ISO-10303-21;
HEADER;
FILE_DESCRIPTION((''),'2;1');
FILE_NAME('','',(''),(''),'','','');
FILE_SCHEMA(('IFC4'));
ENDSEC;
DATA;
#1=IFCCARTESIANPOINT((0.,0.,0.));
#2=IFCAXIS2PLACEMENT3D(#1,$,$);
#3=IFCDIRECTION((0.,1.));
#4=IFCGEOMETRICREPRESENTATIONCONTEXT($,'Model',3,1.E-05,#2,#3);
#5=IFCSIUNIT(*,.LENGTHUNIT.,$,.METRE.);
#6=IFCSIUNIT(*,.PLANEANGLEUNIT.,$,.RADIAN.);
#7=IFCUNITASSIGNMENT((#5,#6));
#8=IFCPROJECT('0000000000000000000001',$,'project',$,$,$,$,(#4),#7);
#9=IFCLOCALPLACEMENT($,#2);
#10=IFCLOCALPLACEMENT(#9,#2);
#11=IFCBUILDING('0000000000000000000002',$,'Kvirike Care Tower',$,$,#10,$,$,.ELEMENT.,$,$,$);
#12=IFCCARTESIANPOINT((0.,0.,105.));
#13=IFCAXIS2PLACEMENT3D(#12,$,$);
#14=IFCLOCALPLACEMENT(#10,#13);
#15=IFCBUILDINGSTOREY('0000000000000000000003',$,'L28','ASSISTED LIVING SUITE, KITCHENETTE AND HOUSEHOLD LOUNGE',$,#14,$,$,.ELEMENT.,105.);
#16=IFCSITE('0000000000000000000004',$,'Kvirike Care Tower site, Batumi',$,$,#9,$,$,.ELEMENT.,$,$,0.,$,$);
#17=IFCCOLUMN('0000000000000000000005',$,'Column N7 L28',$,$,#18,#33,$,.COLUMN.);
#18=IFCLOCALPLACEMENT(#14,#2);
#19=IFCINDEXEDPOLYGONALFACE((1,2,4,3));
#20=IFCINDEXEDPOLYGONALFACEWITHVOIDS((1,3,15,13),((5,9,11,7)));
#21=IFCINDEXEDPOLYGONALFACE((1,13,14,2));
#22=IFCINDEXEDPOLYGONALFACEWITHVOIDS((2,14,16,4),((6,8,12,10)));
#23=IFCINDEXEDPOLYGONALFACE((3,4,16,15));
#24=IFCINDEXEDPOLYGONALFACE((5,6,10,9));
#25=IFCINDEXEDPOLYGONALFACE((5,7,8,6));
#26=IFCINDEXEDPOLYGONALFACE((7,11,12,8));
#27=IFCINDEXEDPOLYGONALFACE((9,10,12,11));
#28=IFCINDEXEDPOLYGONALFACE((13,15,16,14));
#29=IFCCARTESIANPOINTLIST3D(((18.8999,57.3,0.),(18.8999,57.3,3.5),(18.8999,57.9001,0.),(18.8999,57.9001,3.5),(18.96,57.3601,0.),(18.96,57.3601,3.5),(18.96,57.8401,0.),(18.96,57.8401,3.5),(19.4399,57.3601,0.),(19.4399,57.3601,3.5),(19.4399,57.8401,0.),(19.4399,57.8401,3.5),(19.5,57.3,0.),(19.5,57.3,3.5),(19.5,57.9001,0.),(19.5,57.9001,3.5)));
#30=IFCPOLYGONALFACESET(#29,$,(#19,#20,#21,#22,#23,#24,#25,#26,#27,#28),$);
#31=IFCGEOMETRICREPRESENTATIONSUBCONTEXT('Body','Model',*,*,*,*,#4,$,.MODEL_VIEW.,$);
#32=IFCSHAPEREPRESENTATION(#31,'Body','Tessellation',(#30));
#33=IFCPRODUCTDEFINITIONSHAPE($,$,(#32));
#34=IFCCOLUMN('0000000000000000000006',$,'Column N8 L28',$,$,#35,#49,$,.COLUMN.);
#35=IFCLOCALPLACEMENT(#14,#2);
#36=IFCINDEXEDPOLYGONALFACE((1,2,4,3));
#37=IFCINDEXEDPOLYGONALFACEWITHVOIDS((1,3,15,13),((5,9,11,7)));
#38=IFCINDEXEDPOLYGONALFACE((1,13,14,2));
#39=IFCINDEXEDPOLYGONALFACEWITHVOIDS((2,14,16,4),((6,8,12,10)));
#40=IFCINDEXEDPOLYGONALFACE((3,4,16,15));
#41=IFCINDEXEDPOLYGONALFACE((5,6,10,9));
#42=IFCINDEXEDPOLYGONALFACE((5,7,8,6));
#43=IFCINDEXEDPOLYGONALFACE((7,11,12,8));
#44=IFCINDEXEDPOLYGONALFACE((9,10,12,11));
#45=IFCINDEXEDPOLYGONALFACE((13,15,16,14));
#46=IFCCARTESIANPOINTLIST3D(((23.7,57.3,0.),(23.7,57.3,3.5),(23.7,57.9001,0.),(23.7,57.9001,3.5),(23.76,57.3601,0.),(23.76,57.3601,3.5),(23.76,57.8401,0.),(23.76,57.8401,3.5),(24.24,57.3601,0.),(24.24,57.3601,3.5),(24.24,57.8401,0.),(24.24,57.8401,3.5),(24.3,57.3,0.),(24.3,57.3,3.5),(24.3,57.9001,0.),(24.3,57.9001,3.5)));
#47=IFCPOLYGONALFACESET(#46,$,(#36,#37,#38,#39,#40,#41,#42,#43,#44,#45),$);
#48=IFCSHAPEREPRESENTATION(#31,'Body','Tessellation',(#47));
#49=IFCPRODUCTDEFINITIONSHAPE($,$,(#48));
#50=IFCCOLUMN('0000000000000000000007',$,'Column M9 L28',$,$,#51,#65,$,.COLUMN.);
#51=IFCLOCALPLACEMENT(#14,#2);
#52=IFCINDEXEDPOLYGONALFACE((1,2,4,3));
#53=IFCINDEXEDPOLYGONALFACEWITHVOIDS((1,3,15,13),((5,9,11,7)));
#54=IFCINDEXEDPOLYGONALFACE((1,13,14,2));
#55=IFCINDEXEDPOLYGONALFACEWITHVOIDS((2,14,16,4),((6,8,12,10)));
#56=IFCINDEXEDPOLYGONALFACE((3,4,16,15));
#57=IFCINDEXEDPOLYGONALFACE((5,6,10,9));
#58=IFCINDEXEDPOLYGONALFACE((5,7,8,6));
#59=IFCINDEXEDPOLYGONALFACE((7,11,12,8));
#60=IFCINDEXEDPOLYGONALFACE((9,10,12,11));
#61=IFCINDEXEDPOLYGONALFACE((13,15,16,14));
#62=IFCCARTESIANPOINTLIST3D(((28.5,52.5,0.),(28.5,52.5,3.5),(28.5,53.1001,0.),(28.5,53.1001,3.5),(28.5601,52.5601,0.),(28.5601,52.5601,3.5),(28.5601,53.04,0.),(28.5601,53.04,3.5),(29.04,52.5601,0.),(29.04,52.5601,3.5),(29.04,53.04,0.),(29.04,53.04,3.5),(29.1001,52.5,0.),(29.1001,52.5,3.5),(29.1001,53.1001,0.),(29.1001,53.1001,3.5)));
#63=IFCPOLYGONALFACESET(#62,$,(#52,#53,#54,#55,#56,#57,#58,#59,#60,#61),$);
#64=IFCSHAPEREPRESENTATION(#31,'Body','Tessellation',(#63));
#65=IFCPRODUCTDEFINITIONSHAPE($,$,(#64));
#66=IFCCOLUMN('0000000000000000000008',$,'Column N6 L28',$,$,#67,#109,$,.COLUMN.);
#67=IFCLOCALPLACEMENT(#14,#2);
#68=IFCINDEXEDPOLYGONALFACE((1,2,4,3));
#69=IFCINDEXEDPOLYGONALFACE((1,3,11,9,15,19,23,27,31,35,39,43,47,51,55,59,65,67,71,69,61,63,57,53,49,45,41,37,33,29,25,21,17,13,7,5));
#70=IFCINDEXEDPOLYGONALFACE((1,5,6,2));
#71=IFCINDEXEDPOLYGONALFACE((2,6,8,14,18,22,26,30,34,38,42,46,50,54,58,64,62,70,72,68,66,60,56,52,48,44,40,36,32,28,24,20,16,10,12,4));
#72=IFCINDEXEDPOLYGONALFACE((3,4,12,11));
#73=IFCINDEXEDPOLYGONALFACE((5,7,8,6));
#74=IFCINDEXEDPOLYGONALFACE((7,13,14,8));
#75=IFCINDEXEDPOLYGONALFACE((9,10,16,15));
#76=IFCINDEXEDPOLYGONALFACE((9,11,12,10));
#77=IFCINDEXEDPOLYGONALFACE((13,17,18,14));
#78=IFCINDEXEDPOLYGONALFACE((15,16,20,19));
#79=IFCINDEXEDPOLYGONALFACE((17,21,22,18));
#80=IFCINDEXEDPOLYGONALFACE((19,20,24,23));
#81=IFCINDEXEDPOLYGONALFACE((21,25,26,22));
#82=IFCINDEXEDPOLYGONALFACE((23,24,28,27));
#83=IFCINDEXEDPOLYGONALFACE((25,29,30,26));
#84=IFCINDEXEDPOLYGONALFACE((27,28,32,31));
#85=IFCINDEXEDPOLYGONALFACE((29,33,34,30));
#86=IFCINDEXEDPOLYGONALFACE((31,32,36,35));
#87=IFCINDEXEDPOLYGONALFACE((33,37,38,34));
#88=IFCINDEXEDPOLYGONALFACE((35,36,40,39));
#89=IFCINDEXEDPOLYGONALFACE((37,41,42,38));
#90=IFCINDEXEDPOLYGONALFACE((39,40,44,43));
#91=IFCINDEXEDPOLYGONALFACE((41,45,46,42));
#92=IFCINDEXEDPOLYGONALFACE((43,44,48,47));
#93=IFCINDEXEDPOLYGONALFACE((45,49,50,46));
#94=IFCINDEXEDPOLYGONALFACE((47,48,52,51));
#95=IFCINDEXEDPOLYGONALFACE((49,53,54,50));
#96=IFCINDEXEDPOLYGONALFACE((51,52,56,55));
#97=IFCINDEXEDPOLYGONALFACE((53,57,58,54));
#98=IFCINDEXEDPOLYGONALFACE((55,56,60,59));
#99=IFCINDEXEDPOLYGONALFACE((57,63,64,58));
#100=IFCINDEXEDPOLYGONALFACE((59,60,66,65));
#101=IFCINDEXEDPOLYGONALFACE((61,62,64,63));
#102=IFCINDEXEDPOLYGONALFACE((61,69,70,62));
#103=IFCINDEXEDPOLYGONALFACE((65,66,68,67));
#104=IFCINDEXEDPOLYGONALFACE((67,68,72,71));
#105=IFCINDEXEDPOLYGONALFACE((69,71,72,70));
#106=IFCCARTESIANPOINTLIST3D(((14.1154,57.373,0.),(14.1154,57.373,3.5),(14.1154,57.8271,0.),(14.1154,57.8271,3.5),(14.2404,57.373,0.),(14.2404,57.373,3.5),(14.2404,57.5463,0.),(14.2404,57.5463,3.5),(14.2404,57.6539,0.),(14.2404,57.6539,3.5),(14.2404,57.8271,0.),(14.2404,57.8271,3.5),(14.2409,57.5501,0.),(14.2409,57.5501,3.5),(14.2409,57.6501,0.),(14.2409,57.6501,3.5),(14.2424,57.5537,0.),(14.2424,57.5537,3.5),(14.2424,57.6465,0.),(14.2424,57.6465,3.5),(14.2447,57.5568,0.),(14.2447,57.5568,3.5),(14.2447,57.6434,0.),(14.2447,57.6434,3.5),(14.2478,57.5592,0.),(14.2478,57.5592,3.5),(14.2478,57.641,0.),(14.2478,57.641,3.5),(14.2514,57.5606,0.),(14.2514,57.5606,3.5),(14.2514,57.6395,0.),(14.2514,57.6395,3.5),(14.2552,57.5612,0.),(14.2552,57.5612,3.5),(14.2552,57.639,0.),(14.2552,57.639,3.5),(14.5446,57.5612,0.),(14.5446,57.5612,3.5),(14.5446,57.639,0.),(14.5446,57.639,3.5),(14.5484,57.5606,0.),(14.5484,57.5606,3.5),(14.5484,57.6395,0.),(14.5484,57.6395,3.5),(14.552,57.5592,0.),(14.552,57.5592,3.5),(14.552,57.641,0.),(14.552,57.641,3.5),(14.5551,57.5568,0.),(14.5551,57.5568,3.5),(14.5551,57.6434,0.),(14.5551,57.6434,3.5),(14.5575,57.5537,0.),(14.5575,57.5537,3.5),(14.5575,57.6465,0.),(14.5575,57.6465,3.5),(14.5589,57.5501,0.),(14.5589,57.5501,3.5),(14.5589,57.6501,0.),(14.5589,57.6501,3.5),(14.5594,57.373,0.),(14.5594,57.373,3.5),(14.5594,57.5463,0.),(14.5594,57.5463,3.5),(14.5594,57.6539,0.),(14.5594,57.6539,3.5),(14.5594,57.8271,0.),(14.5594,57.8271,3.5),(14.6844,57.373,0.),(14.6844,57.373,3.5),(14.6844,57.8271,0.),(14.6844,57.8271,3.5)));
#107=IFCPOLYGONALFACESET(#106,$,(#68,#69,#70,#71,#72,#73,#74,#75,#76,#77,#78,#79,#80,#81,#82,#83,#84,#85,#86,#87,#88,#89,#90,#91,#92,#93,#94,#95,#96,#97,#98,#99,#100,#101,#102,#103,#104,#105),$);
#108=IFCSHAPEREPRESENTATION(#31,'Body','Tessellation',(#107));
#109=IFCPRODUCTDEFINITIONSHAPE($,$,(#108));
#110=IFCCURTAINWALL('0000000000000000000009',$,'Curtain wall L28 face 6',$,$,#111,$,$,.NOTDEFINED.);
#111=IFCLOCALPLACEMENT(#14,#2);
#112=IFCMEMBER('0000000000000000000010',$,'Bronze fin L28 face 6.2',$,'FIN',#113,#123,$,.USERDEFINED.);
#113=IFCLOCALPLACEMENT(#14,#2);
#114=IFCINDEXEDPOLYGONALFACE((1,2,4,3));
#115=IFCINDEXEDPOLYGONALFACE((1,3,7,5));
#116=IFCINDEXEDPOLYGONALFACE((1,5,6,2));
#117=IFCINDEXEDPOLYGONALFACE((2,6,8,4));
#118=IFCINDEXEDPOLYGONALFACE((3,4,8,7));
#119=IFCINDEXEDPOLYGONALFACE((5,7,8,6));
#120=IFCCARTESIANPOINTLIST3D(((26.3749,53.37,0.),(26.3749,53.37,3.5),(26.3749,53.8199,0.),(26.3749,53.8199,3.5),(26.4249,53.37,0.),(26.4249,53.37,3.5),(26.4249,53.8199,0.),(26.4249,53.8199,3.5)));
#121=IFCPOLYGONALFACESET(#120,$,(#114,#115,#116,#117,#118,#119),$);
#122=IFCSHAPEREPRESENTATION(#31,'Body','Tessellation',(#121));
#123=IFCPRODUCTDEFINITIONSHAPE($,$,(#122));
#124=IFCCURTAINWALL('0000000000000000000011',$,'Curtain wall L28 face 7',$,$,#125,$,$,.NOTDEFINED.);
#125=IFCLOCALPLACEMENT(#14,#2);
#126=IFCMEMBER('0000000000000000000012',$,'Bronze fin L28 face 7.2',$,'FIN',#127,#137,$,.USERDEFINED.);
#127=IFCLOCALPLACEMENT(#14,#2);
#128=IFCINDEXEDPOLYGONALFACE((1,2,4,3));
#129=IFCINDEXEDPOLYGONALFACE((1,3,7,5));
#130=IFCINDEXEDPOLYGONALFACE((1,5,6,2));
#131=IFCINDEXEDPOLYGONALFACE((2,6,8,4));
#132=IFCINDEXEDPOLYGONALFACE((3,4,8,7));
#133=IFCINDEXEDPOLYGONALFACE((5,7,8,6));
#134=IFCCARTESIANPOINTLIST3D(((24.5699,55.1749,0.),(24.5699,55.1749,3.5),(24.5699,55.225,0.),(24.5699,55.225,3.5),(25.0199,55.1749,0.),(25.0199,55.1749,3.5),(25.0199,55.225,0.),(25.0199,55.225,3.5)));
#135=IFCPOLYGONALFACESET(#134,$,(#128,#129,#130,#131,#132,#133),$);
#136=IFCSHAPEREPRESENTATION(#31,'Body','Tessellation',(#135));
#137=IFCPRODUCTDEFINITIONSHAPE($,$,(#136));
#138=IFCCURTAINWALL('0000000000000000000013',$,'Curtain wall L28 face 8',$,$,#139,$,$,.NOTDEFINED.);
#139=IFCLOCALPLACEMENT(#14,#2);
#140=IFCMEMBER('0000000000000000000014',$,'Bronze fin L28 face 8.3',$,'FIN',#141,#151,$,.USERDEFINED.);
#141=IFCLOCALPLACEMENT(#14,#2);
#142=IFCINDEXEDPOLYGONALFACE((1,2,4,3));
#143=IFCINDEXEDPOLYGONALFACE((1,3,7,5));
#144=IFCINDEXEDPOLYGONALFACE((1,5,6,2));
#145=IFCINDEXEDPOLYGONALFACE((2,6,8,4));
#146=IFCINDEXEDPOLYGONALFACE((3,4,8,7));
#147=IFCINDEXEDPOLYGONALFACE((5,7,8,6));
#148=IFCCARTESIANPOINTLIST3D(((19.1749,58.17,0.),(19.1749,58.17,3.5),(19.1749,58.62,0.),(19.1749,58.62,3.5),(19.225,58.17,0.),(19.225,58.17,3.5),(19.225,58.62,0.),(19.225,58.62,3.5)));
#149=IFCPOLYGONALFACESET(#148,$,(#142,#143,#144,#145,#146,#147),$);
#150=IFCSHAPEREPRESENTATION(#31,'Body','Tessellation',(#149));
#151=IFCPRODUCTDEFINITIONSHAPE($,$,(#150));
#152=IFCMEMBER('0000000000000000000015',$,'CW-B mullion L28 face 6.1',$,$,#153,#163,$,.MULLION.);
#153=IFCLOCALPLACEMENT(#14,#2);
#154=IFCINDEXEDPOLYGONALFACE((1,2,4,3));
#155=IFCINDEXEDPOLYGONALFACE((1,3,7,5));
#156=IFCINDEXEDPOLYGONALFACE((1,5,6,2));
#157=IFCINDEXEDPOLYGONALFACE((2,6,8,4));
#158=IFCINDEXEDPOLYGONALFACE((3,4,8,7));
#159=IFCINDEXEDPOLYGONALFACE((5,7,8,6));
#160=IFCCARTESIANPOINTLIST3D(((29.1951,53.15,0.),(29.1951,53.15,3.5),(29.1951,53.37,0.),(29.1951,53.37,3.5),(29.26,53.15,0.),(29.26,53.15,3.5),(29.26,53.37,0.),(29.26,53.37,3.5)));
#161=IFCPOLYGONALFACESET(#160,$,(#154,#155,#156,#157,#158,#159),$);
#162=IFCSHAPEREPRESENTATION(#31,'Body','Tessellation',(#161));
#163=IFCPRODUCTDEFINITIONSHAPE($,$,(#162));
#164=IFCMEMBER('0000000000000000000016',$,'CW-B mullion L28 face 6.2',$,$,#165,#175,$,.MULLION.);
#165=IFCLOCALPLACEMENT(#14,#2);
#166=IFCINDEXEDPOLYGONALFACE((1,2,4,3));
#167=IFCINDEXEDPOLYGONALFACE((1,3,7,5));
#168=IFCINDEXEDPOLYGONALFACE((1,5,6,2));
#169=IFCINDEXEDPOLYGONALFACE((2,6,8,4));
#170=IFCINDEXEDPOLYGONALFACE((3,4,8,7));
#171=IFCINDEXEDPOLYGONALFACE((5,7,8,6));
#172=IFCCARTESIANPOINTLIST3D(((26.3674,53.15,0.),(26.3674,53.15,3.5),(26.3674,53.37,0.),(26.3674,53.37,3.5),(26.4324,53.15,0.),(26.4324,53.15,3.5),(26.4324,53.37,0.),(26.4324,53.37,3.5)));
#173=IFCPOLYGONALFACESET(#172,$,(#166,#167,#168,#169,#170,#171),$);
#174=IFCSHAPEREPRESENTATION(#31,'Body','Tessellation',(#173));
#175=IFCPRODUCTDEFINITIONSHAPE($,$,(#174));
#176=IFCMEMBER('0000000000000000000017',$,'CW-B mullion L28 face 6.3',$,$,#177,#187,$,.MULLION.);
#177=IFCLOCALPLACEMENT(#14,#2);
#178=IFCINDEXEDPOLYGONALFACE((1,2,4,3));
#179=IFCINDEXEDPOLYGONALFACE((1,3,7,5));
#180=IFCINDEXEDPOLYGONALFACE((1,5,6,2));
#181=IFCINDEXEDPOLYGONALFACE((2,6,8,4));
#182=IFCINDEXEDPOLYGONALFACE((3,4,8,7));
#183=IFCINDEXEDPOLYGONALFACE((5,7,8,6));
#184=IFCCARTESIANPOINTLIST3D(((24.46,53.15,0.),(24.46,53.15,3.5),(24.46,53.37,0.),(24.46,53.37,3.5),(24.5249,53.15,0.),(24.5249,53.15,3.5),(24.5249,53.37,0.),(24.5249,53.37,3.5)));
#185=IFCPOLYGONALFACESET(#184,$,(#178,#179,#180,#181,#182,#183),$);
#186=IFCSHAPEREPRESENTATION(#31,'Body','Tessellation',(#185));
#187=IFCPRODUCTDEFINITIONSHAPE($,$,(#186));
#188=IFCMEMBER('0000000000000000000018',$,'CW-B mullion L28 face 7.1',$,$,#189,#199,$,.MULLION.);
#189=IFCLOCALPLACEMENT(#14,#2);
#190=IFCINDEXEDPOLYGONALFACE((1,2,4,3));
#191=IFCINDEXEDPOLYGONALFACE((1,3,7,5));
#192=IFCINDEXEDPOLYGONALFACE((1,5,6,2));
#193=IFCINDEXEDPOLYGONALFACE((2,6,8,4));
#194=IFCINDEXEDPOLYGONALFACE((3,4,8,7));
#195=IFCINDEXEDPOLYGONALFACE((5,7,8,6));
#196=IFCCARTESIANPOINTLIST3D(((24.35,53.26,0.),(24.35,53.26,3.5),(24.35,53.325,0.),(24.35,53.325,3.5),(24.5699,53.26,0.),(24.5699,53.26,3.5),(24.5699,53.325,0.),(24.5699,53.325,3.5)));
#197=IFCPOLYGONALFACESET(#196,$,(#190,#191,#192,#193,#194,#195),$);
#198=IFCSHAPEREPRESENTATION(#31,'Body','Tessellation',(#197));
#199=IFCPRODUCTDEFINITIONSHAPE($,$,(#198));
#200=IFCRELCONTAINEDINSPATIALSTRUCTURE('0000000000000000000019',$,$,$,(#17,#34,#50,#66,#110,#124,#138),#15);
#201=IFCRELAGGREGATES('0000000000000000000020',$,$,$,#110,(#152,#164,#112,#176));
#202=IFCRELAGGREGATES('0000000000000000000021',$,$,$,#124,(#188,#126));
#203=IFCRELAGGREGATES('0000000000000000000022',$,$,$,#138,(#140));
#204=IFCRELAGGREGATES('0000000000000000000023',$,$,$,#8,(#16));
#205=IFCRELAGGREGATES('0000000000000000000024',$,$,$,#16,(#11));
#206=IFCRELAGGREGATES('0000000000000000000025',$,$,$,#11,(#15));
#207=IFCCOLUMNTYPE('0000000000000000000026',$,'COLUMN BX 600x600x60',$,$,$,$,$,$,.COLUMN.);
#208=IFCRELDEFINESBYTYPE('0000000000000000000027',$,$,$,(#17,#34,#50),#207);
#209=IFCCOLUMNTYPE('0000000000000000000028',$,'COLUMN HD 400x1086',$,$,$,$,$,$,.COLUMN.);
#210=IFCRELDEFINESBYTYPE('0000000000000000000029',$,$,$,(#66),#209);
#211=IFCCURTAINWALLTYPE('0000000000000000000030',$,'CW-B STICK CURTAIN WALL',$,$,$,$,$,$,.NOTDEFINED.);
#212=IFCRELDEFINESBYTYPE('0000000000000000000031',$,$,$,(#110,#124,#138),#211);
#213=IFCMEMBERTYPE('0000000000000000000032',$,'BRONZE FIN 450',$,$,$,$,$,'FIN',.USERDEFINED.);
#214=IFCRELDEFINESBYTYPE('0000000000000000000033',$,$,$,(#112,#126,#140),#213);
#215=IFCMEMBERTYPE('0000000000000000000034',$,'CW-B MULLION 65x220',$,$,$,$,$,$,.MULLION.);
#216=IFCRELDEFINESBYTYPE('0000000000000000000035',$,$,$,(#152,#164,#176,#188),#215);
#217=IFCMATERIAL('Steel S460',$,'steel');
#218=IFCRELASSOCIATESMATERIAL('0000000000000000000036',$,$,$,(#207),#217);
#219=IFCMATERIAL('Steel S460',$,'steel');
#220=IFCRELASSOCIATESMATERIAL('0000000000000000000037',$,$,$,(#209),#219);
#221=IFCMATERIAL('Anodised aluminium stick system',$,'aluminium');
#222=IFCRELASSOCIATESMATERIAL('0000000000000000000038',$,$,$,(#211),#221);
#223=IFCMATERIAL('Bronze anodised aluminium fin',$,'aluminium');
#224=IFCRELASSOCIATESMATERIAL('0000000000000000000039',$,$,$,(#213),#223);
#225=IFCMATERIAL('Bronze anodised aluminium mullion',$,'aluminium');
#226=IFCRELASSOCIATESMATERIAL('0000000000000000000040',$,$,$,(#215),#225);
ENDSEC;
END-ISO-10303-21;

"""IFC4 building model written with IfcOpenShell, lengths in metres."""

from ifc_helpers import new_model, si_unit, direction, frame, origin, origin_2d, place, context, subcontext, project, spatial, rectangle, hollow_rectangle, i_section, extrude, material, material_profile, profile_set, type_object, element, aggregate, save


model = new_model("IFC4")

# Units and contexts
model_context = context("Model", 3, precision=1e-05, world=origin(), true_north=direction((0.0, 1.0)))
body_context = subcontext(model_context, "Body", "Model", "MODEL_VIEW")
ifc_project = project(units=[si_unit("LENGTHUNIT", "METRE"), si_unit("PLANEANGLEUNIT", "RADIAN")], contexts=[model_context])

# Site, building, storey
site_placement = place(None, origin())
site = spatial("IfcSite", under=ifc_project, at=site_placement, Name="Kvirike Care Tower site, Batumi", CompositionType="ELEMENT", RefElevation=0.0)
building_placement = place(site_placement, origin())
building = spatial("IfcBuilding", under=site, at=building_placement, Name="Kvirike Care Tower", CompositionType="ELEMENT")
storey_placement = place(building_placement, frame((0.0, 0.0, 105.0)))
storey = spatial("IfcBuildingStorey", under=building, at=storey_placement, Name="L28", Description="ASSISTED LIVING SUITE, KITCHENETTE AND HOUSEHOLD LOUNGE", CompositionType="ELEMENT", Elevation=105.0)

# Columns
ifc_material_1 = material(Name="Steel S460", Category="steel")
ifc_material_profile_1 = material_profile(ifc_material_1, hollow_rectangle(XDim=0.6001, YDim=0.6001, WallThickness=0.0601, at=origin_2d()), Name="BX 600x600x60")
ifc_profile_set_1 = profile_set([ifc_material_profile_1], Name="Steel S460")
column_type_1 = type_object("IfcColumnType", Name="COLUMN BX 600x600x60", PredefinedType="COLUMN", material=ifc_profile_set_1)
for number, where, z_axis, x_axis, name in (
    (1, (19.2, 57.6001, 0.0), (0.0, 0.0, 1.0), (0.0, 1.0, 0.0), "Column N7 L28"),
    (2, (24.0, 57.6001, 0.0), (0.0, 0.0, 1.0), (0.0, 1.0, 0.0), "Column N8 L28"),
    (3, (28.8, 52.8, 0.0), (0.0, 0.0, 1.0), (0.0, 1.0, 0.0), "Column M9 L28"),
):
    element("IfcColumn", number, at=place(storey_placement, frame(where, z_axis=z_axis, x_axis=x_axis)), inside=storey, type_object=column_type_1, Name=name, PredefinedType="COLUMN", context=body_context, shape_type="SweptSolid", body=[
        extrude(hollow_rectangle(XDim=0.6001, YDim=0.6001, WallThickness=0.0601, at=origin_2d()), origin(), (0.0, 0.0, 1.0), 3.5),
    ])
ifc_material_2 = material(Name="Steel S460", Category="steel")
ifc_material_profile_2 = material_profile(ifc_material_2, i_section(OverallWidth=0.4541, OverallDepth=0.5691, WebThickness=0.0779, FlangeThickness=0.125, FilletRadius=0.0149, at=origin_2d()), Name="HD 400x1086")
ifc_profile_set_2 = profile_set([ifc_material_profile_2], Name="Steel S460")
column_type_2 = type_object("IfcColumnType", Name="COLUMN HD 400x1086", PredefinedType="COLUMN", material=ifc_profile_set_2)
column_placement = place(storey_placement, frame((14.3999, 57.6001, 0.0), z_axis=(0.0, 0.0, 1.0), x_axis=(0.0, 1.0, 0.0)))
element("IfcColumn", 4, at=column_placement, inside=storey, type_object=column_type_2, Name="Column N6 L28", PredefinedType="COLUMN", context=body_context, shape_type="SweptSolid", body=[
    extrude(i_section(OverallWidth=0.4541, OverallDepth=0.5691, WebThickness=0.0779, FlangeThickness=0.125, FilletRadius=0.0149, at=origin_2d()), origin(), (0.0, 0.0, 1.0), 3.5),
])

# Curtain walls, members
ifc_material_3 = material(Name="Anodised aluminium stick system", Category="aluminium")
curtain_wall_type = type_object("IfcCurtainWallType", Name="CW-B STICK CURTAIN WALL", PredefinedType="NOTDEFINED", material=ifc_material_3)
curtain_wall_1_placement = place(storey_placement, origin())
curtain_wall_1 = element("IfcCurtainWall", 5, at=curtain_wall_1_placement, inside=storey, type_object=curtain_wall_type, Name="Curtain wall L28 face 6", PredefinedType="NOTDEFINED")
ifc_material_4 = material(Name="Bronze anodised aluminium fin", Category="aluminium")
ifc_material_profile_3 = material_profile(ifc_material_4, rectangle(XDim=0.05, YDim=0.45, at=origin_2d()), Name="BRONZE FIN 450")
ifc_profile_set_3 = profile_set([ifc_material_profile_3], Name="Bronze anodised aluminium fin")
member_type_1 = type_object("IfcMemberType", Name="BRONZE FIN 450", ElementType="FIN", PredefinedType="USERDEFINED", material=ifc_profile_set_3)
member_1_placement = place(storey_placement, frame((26.3999, 53.595, 0.0), z_axis=(0.0, 0.0, 1.0), x_axis=(-1.0, 0.0, 0.0)))
member_1 = element("IfcMember", 6, at=member_1_placement, type_object=member_type_1, Name="Bronze fin L28 face 6.2", ObjectType="FIN", PredefinedType="USERDEFINED", context=body_context, shape_type="SweptSolid", body=[
    extrude(rectangle(XDim=0.05, YDim=0.45, at=origin_2d()), origin(), (0.0, 0.0, 1.0), 3.5),
])
curtain_wall_2_placement = place(storey_placement, origin())
curtain_wall_2 = element("IfcCurtainWall", 7, at=curtain_wall_2_placement, inside=storey, type_object=curtain_wall_type, Name="Curtain wall L28 face 7", PredefinedType="NOTDEFINED")
member_2_placement = place(storey_placement, frame((24.7949, 55.2, 0.0), z_axis=(0.0, 0.0, 1.0), x_axis=(0.0, 1.0, 0.0)))
member_2 = element("IfcMember", 8, at=member_2_placement, type_object=member_type_1, Name="Bronze fin L28 face 7.2", ObjectType="FIN", PredefinedType="USERDEFINED", context=body_context, shape_type="SweptSolid", body=[
    extrude(rectangle(XDim=0.05, YDim=0.45, at=origin_2d()), origin(), (0.0, 0.0, 1.0), 3.5),
])
curtain_wall_3_placement = place(storey_placement, origin())
curtain_wall_3 = element("IfcCurtainWall", 9, at=curtain_wall_3_placement, inside=storey, type_object=curtain_wall_type, Name="Curtain wall L28 face 8", PredefinedType="NOTDEFINED")
member_3_placement = place(storey_placement, frame((19.2, 58.395, 0.0), z_axis=(0.0, 0.0, 1.0), x_axis=(-1.0, 0.0, 0.0)))
member_3 = element("IfcMember", 10, at=member_3_placement, type_object=member_type_1, Name="Bronze fin L28 face 8.3", ObjectType="FIN", PredefinedType="USERDEFINED", context=body_context, shape_type="SweptSolid", body=[
    extrude(rectangle(XDim=0.05, YDim=0.45, at=origin_2d()), origin(), (0.0, 0.0, 1.0), 3.5),
])

# Members
ifc_material_5 = material(Name="Bronze anodised aluminium mullion", Category="aluminium")
ifc_material_profile_4 = material_profile(ifc_material_5, rectangle(XDim=0.0649, YDim=0.22, at=origin_2d()), Name="CW-B MULLION 65x220")
ifc_profile_set_4 = profile_set([ifc_material_profile_4], Name="Bronze anodised aluminium mullion")
member_type_2 = type_object("IfcMemberType", Name="CW-B MULLION 65x220", PredefinedType="MULLION", material=ifc_profile_set_4)
member_4_placement = place(storey_placement, frame((29.2275, 53.26, 0.0), z_axis=(0.0, 0.0, 1.0), x_axis=(-1.0, 0.0, 0.0)))
member_4 = element("IfcMember", 11, at=member_4_placement, type_object=member_type_2, Name="CW-B mullion L28 face 6.1", PredefinedType="MULLION", context=body_context, shape_type="SweptSolid", body=[
    extrude(rectangle(XDim=0.0649, YDim=0.22, at=origin_2d()), origin(), (0.0, 0.0, 1.0), 3.5),
])
member_5_placement = place(storey_placement, frame((26.3999, 53.26, 0.0), z_axis=(0.0, 0.0, 1.0), x_axis=(-1.0, 0.0, 0.0)))
member_5 = element("IfcMember", 12, at=member_5_placement, type_object=member_type_2, Name="CW-B mullion L28 face 6.2", PredefinedType="MULLION", context=body_context, shape_type="SweptSolid", body=[
    extrude(rectangle(XDim=0.0649, YDim=0.22, at=origin_2d()), origin(), (0.0, 0.0, 1.0), 3.5),
])
member_6_placement = place(storey_placement, frame((24.4924, 53.26, 0.0), z_axis=(0.0, 0.0, 1.0), x_axis=(-1.0, 0.0, 0.0)))
member_6 = element("IfcMember", 13, at=member_6_placement, type_object=member_type_2, Name="CW-B mullion L28 face 6.3", PredefinedType="MULLION", context=body_context, shape_type="SweptSolid", body=[
    extrude(rectangle(XDim=0.0649, YDim=0.22, at=origin_2d()), origin(), (0.0, 0.0, 1.0), 3.5),
])
member_7_placement = place(storey_placement, frame((24.46, 53.2925, 0.0), z_axis=(0.0, 0.0, 1.0), x_axis=(0.0, 1.0, 0.0)))
member_7 = element("IfcMember", 14, at=member_7_placement, type_object=member_type_2, Name="CW-B mullion L28 face 7.1", PredefinedType="MULLION", context=body_context, shape_type="SweptSolid", body=[
    extrude(rectangle(XDim=0.0649, YDim=0.22, at=origin_2d()), origin(), (0.0, 0.0, 1.0), 3.5),
])

aggregate(curtain_wall_1, [member_4, member_5, member_1, member_6])
aggregate(curtain_wall_2, [member_7, member_2])
aggregate(curtain_wall_3, [member_3])

save(model, "model.ifc")
